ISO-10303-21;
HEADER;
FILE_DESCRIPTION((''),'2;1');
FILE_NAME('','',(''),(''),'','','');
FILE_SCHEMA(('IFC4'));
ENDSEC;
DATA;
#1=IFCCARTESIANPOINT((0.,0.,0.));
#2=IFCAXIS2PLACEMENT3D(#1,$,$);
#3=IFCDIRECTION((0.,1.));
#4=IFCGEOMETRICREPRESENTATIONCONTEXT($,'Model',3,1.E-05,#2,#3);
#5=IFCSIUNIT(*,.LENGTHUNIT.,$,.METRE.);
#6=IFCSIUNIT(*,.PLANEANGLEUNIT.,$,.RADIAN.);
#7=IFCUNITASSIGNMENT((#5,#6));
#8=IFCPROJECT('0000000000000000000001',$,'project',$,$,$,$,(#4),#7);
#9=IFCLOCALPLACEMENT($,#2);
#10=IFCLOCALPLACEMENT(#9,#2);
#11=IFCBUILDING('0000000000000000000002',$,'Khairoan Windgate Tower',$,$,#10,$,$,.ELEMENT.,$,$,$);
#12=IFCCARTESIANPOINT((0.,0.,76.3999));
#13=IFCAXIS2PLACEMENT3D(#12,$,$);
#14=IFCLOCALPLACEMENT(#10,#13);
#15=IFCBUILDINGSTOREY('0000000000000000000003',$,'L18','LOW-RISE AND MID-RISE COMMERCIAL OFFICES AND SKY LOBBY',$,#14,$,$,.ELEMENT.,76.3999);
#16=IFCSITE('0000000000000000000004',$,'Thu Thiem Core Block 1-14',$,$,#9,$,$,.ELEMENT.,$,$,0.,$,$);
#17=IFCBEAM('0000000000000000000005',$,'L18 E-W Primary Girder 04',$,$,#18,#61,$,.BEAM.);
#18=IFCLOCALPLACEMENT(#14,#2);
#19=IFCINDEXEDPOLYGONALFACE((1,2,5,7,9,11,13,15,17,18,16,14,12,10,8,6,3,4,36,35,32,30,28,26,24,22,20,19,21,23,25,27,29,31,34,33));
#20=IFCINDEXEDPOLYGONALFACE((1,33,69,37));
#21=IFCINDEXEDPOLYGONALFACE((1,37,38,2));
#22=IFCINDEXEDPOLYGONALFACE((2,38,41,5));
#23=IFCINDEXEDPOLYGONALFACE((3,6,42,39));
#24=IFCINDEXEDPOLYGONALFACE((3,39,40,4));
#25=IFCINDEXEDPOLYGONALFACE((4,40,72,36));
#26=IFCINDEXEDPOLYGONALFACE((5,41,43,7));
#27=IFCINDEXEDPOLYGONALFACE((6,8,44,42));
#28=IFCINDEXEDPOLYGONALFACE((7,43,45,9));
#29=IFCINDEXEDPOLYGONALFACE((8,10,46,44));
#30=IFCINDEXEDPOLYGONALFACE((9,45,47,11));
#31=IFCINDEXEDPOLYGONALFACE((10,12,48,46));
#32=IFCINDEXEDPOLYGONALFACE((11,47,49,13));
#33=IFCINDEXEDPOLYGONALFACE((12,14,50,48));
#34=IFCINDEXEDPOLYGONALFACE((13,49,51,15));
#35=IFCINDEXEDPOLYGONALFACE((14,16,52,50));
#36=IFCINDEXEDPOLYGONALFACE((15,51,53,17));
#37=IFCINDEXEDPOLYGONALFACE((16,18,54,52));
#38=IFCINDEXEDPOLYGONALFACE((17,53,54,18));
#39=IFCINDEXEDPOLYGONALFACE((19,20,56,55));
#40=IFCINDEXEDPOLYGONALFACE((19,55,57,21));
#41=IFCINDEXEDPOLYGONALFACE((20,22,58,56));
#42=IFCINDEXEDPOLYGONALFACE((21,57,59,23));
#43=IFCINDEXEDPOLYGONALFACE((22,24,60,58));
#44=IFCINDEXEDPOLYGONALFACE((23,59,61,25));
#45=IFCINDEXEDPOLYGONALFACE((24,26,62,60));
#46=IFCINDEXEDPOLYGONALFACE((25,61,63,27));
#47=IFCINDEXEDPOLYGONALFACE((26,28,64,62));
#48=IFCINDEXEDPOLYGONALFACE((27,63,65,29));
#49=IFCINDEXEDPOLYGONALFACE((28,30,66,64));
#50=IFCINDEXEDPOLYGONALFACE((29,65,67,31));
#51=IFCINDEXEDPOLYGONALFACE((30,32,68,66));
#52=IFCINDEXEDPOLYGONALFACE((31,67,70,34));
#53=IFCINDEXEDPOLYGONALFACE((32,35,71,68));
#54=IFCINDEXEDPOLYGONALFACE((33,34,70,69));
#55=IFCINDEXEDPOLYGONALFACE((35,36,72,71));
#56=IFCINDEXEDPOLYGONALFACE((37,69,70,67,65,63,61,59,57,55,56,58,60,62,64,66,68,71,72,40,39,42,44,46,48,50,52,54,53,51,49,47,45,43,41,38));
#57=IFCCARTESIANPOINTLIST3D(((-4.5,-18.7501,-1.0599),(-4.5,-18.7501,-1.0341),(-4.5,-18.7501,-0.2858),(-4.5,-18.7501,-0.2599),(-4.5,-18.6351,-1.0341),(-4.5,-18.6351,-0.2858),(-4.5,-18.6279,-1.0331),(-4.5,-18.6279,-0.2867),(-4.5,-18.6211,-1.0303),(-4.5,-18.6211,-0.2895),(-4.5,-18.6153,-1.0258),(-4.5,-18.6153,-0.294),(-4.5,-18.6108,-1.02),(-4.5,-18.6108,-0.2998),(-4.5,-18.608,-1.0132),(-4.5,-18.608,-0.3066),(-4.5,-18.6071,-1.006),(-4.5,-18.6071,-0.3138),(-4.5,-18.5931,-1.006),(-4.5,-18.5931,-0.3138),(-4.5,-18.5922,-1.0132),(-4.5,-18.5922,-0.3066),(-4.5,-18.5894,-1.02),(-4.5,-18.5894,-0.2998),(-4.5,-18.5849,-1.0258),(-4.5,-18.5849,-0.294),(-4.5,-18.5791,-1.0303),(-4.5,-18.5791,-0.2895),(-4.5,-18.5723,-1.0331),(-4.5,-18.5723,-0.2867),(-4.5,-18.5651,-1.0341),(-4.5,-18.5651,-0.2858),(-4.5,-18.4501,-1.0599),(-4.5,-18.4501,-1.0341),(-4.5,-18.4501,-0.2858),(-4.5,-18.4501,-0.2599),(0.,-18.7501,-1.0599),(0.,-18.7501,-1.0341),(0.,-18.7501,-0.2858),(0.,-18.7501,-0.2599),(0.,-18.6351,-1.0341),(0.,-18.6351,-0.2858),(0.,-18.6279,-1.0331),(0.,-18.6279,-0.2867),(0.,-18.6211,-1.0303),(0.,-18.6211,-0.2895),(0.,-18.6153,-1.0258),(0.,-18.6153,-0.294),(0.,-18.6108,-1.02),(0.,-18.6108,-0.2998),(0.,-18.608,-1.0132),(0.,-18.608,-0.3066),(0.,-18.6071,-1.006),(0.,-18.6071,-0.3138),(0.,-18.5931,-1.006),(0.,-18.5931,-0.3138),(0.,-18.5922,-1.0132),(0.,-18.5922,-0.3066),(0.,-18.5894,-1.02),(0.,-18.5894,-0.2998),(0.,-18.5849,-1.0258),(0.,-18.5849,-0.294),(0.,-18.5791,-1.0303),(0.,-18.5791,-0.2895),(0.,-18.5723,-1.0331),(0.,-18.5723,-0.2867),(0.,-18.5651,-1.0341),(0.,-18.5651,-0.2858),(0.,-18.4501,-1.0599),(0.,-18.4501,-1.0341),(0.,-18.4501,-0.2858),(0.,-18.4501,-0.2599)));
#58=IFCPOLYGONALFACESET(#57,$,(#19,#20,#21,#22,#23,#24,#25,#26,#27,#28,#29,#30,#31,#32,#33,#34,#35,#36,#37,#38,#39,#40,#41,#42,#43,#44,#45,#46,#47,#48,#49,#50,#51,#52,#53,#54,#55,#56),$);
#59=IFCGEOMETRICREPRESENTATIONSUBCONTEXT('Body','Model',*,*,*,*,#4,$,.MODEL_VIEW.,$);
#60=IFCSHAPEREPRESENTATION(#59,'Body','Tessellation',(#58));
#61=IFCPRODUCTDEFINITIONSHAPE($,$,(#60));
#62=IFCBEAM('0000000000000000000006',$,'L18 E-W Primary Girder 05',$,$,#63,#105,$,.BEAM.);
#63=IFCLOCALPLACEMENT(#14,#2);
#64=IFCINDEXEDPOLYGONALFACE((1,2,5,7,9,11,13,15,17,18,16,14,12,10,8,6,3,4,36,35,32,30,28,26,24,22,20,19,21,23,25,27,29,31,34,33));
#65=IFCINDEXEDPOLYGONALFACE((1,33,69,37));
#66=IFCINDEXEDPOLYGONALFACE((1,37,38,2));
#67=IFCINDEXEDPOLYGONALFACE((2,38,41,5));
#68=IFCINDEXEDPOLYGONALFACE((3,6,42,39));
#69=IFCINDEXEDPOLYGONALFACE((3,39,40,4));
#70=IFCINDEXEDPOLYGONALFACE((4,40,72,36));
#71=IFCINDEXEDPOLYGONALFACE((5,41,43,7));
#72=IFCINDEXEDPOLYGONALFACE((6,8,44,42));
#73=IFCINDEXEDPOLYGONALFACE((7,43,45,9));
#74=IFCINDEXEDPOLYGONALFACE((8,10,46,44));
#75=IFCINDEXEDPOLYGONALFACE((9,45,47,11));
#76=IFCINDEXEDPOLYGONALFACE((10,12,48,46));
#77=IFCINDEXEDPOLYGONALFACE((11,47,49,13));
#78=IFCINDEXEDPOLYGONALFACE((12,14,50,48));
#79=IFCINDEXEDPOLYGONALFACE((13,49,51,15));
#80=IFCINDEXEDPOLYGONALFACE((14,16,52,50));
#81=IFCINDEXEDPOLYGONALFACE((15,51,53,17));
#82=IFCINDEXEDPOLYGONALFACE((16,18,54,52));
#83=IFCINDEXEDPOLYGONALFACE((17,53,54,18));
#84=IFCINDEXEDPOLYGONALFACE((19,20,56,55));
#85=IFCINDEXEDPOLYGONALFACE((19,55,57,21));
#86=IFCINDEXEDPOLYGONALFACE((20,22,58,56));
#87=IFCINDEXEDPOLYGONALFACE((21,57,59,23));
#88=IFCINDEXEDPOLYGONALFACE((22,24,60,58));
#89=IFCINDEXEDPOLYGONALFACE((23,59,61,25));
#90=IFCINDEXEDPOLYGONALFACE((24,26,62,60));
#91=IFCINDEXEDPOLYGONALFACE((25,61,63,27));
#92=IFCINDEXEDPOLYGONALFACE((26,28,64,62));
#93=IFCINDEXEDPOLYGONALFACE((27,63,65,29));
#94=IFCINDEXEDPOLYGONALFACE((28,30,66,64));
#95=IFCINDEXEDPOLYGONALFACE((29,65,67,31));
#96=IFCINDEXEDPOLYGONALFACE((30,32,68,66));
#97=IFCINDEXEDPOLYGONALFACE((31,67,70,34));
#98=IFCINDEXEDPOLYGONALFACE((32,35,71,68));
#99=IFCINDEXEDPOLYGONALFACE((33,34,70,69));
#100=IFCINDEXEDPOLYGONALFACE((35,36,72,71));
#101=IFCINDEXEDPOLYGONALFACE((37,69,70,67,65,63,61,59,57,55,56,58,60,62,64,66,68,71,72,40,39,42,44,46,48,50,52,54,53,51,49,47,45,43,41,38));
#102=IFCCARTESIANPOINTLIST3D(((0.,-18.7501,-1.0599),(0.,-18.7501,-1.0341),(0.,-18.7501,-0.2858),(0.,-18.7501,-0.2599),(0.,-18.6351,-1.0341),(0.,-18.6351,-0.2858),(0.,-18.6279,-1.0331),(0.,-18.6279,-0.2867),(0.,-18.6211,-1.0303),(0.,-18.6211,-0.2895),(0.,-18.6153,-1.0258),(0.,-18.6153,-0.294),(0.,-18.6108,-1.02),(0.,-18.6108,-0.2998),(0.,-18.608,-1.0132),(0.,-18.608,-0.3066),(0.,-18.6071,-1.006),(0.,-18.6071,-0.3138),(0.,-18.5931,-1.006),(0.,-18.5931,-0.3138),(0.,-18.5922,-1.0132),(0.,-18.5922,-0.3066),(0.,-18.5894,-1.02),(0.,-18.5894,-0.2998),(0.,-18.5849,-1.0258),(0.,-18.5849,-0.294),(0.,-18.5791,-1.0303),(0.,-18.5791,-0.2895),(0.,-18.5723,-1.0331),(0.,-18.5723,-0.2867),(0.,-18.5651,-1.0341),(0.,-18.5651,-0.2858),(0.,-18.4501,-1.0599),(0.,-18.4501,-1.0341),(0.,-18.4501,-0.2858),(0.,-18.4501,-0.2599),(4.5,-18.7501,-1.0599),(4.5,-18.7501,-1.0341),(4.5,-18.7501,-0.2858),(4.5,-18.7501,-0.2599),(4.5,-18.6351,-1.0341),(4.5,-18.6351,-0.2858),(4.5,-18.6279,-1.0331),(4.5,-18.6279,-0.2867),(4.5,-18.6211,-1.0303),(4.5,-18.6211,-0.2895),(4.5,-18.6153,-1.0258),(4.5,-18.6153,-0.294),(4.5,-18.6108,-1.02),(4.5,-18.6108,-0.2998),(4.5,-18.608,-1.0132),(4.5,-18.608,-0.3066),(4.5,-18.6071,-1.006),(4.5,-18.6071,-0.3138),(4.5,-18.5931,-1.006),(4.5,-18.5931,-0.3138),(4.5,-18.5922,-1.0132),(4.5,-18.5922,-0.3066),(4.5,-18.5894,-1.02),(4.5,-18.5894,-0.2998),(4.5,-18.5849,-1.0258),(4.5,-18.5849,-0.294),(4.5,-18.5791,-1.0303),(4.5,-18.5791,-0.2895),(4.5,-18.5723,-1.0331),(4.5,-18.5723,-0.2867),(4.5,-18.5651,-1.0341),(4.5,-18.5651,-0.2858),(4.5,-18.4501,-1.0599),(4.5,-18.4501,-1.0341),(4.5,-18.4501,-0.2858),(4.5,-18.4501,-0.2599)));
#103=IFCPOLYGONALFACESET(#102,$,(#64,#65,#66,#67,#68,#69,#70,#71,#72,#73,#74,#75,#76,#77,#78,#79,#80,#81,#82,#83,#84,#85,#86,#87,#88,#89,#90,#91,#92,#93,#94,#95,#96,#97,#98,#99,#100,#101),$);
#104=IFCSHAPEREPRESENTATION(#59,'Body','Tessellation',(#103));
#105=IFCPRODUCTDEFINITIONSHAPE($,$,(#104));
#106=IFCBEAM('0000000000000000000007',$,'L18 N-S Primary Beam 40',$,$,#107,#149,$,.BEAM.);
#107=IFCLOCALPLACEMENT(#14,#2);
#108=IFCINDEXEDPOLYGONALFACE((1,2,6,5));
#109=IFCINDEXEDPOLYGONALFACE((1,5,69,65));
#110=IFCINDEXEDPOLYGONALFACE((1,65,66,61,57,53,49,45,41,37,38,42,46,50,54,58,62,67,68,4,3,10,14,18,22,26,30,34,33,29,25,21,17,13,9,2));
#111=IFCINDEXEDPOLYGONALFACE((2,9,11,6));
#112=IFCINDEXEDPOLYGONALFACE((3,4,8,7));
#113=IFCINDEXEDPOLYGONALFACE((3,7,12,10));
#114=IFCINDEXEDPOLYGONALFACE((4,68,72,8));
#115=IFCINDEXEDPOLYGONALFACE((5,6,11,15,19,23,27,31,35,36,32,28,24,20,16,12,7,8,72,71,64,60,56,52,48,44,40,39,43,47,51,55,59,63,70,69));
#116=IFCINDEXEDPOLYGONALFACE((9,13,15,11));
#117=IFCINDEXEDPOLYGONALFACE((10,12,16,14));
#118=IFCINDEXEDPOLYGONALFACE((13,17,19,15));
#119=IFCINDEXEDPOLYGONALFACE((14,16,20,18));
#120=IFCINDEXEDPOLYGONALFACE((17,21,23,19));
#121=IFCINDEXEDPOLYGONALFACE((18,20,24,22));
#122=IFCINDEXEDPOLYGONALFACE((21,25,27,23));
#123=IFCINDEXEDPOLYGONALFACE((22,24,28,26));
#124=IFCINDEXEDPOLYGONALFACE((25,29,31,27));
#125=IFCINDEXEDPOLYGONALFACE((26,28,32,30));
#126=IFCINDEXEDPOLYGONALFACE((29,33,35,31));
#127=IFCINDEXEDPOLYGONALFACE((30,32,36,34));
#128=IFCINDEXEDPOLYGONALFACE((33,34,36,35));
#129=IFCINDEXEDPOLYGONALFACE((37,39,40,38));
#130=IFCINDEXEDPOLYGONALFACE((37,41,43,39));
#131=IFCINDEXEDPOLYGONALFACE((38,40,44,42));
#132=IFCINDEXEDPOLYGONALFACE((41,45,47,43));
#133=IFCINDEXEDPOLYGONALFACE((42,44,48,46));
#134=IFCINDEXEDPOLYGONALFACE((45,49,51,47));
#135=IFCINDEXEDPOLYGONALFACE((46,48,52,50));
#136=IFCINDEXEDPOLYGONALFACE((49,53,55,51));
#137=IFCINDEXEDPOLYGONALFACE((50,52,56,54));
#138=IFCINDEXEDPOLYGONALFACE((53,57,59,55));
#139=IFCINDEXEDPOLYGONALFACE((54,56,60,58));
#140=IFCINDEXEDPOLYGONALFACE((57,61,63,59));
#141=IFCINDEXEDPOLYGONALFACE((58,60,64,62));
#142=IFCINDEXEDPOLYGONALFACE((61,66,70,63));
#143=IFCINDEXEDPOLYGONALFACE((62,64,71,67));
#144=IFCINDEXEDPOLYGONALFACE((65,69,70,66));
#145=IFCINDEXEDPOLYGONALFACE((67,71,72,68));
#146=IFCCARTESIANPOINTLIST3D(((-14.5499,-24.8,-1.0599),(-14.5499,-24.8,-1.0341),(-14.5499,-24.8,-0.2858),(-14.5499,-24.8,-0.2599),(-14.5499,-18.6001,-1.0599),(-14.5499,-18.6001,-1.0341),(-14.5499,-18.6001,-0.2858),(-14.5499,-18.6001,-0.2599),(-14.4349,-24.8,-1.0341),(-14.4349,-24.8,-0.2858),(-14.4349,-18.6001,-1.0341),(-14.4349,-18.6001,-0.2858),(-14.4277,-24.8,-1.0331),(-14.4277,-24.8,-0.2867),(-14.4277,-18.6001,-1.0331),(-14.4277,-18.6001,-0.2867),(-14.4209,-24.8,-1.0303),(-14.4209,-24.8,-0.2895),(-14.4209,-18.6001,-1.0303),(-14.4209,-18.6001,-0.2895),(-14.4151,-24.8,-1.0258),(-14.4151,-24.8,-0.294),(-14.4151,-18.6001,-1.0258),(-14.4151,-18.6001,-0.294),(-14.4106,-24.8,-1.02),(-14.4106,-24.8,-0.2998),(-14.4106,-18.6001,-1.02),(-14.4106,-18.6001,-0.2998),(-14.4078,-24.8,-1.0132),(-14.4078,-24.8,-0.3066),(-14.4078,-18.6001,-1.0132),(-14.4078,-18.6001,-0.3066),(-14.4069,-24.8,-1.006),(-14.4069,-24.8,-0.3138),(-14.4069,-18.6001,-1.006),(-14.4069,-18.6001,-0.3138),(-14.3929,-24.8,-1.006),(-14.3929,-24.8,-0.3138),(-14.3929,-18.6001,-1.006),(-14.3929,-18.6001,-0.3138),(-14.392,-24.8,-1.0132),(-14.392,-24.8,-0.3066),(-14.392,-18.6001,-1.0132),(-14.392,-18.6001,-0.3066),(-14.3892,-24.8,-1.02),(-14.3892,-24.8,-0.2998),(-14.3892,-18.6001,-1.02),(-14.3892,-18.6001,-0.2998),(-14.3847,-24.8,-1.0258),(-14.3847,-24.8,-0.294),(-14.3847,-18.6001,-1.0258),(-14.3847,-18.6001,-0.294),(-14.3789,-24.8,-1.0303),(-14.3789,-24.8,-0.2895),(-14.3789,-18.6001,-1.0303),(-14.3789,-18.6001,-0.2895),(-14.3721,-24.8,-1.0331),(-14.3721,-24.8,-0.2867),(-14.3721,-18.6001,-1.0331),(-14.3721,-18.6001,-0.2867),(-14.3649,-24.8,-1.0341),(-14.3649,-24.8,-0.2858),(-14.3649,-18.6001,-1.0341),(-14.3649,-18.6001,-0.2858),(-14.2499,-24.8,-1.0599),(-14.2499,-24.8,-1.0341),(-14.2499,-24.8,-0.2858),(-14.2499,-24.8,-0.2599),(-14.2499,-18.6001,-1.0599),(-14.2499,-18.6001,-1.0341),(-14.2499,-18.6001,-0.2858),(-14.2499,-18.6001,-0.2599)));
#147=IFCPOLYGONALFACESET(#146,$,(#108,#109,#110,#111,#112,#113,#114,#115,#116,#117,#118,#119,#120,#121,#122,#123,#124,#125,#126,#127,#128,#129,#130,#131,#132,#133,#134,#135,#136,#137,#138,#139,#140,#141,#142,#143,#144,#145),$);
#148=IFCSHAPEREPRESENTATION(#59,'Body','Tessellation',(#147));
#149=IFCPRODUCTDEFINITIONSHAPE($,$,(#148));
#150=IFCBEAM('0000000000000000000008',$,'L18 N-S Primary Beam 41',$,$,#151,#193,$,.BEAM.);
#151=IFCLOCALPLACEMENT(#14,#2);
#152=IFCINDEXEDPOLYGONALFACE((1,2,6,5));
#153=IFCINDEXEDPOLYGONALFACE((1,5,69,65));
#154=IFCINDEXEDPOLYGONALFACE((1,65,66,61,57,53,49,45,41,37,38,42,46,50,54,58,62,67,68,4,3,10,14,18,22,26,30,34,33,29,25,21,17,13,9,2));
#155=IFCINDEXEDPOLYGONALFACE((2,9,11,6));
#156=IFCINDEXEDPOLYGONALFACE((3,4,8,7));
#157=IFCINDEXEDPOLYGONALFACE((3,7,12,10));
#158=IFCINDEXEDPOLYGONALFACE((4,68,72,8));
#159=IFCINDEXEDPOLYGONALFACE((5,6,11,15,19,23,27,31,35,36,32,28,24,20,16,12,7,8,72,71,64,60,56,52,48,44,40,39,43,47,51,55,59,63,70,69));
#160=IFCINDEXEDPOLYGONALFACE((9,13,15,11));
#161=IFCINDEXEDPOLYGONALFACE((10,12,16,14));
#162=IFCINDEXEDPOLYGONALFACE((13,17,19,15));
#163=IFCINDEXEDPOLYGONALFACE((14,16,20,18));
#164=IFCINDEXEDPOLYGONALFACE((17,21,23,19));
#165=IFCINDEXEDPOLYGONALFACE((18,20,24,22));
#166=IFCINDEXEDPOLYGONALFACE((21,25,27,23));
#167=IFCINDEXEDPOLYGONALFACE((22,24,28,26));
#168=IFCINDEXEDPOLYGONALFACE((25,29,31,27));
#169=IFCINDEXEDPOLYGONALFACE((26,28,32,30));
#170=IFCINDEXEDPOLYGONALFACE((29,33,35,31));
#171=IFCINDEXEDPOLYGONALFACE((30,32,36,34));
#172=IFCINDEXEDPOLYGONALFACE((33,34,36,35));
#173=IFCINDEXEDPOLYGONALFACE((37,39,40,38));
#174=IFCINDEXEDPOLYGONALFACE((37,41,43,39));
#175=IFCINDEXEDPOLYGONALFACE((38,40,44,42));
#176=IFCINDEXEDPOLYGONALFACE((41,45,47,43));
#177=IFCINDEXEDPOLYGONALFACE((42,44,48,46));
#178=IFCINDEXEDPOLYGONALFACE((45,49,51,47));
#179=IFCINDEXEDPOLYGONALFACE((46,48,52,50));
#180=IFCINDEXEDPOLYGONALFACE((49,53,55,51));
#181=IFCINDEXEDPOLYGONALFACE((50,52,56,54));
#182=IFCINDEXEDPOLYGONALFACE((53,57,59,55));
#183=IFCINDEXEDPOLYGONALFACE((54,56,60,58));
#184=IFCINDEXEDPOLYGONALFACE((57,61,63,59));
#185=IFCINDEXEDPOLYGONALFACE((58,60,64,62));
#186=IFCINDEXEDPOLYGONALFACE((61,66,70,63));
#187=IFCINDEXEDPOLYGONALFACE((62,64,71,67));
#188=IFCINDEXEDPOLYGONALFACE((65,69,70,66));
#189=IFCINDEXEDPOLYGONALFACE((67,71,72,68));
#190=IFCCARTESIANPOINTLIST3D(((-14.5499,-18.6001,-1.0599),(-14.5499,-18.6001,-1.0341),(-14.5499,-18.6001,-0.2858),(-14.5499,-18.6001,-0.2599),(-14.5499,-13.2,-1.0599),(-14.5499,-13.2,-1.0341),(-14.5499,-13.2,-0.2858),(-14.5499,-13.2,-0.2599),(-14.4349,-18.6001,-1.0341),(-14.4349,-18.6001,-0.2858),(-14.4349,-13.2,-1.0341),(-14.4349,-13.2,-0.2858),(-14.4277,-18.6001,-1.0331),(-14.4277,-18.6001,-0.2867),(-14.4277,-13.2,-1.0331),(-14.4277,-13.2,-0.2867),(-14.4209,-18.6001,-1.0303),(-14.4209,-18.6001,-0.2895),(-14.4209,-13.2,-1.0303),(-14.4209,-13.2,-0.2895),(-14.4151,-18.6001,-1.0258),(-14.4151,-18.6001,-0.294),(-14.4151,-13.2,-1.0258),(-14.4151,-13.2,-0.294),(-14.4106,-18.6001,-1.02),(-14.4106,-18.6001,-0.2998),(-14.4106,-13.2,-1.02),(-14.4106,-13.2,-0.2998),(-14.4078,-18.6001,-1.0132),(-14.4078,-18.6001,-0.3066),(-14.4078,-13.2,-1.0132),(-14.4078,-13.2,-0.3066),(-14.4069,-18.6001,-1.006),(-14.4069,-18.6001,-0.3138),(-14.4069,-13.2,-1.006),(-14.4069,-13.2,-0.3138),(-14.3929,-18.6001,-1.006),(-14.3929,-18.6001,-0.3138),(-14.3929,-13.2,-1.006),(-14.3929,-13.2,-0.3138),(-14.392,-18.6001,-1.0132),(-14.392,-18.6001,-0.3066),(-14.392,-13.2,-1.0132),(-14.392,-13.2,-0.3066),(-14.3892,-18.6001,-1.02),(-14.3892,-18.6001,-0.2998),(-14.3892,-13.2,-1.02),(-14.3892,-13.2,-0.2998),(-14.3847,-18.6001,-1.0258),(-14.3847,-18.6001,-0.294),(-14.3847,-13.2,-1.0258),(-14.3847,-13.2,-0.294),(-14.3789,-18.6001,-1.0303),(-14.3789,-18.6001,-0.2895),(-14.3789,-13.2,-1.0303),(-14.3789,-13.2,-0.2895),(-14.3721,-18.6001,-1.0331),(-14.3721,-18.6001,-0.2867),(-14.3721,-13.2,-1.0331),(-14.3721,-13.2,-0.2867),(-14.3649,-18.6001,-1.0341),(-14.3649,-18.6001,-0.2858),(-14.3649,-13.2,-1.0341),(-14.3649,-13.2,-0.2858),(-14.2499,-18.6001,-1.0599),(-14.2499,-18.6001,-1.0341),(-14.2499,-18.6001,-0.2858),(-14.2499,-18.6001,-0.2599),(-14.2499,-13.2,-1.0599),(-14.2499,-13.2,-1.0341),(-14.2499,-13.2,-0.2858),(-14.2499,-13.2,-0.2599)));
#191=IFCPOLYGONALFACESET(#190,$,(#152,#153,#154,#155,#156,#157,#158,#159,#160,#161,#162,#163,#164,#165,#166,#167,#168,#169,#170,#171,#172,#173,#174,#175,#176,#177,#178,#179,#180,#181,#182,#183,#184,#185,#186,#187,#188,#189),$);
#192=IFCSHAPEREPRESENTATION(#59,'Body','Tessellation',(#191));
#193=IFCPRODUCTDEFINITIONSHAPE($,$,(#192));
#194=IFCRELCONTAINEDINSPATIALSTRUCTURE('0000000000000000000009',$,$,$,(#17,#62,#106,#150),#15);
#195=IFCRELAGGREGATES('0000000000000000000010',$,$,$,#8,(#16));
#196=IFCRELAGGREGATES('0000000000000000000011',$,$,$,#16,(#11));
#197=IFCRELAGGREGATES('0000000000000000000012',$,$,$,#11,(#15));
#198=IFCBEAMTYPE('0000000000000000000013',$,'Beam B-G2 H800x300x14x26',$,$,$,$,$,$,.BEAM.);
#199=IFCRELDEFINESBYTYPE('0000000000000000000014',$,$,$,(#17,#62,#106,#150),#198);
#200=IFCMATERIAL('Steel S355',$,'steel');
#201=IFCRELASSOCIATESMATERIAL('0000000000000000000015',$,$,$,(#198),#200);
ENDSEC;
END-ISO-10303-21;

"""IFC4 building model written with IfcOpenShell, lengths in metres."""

from ifc_helpers import new_model, si_unit, direction, frame, origin, origin_2d, place, context, subcontext, project, spatial, i_section, extrude, material, material_profile, profile_set, type_object, element, save


model = new_model("IFC4")

# Units and contexts
model_context = context("Model", 3, precision=1e-05, world=origin(), true_north=direction((0.0, 1.0)))
body_context = subcontext(model_context, "Body", "Model", "MODEL_VIEW")
ifc_project = project(units=[si_unit("LENGTHUNIT", "METRE"), si_unit("PLANEANGLEUNIT", "RADIAN")], contexts=[model_context])

# Site, building, storey
site_placement = place(None, origin())
site = spatial("IfcSite", under=ifc_project, at=site_placement, Name="Thu Thiem Core Block 1-14", CompositionType="ELEMENT", RefElevation=0.0)
building_placement = place(site_placement, origin())
building = spatial("IfcBuilding", under=site, at=building_placement, Name="Khairoan Windgate Tower", CompositionType="ELEMENT")
storey_placement = place(building_placement, frame((0.0, 0.0, 76.3999)))
storey = spatial("IfcBuildingStorey", under=building, at=storey_placement, Name="L18", Description="LOW-RISE AND MID-RISE COMMERCIAL OFFICES AND SKY LOBBY", CompositionType="ELEMENT", Elevation=76.3999)

# Beams
ifc_material_1 = material(Name="Steel S355", Category="steel")
ifc_material_profile_1 = material_profile(ifc_material_1, i_section(OverallWidth=0.3, OverallDepth=0.8, WebThickness=0.0139, FlangeThickness=0.0259, FilletRadius=0.0281, at=origin_2d()))
ifc_profile_set_1 = profile_set([ifc_material_profile_1], Name="Steel S355")
beam_type = type_object("IfcBeamType", Name="Beam B-G2 H800x300x14x26", PredefinedType="BEAM", material=ifc_profile_set_1)
for number, where, z_axis, x_axis, name in (
    (1, (-4.5, -18.6001, -0.6599), (1.0, 0.0, 0.0), (0.0, 1.0, 0.0), "L18 E-W Primary Girder 04"),
    (2, (0.0, -18.6001, -0.6599), (1.0, 0.0, 0.0), (0.0, 1.0, 0.0), "L18 E-W Primary Girder 05"),
):
    element("IfcBeam", number, at=place(storey_placement, frame(where, z_axis=z_axis, x_axis=x_axis)), inside=storey, type_object=beam_type, Name=name, PredefinedType="BEAM", context=body_context, shape_type="SweptSolid", body=[
        extrude(i_section(OverallWidth=0.3, OverallDepth=0.8, WebThickness=0.0139, FlangeThickness=0.0259, FilletRadius=0.0281, at=origin_2d()), origin(), (0.0, 0.0, 1.0), 4.5),
    ])
beam_1_placement = place(storey_placement, frame((-14.3999, -24.8, -0.6599), z_axis=(0.0, 1.0, 0.0), x_axis=(-1.0, 0.0, 0.0)))
element("IfcBeam", 3, at=beam_1_placement, inside=storey, type_object=beam_type, Name="L18 N-S Primary Beam 40", PredefinedType="BEAM", context=body_context, shape_type="SweptSolid", body=[
    extrude(i_section(OverallWidth=0.3, OverallDepth=0.8, WebThickness=0.0139, FlangeThickness=0.0259, FilletRadius=0.0281, at=origin_2d()), origin(), (0.0, 0.0, 1.0), 6.2),
])
beam_2_placement = place(storey_placement, frame((-14.3999, -18.6001, -0.6599), z_axis=(0.0, 1.0, 0.0), x_axis=(-1.0, 0.0, 0.0)))
element("IfcBeam", 4, at=beam_2_placement, inside=storey, type_object=beam_type, Name="L18 N-S Primary Beam 41", PredefinedType="BEAM", context=body_context, shape_type="SweptSolid", body=[
    extrude(i_section(OverallWidth=0.3, OverallDepth=0.8, WebThickness=0.0139, FlangeThickness=0.0259, FilletRadius=0.0281, at=origin_2d()), origin(), (0.0, 0.0, 1.0), 5.4001),
])

save(model, "model.ifc")
